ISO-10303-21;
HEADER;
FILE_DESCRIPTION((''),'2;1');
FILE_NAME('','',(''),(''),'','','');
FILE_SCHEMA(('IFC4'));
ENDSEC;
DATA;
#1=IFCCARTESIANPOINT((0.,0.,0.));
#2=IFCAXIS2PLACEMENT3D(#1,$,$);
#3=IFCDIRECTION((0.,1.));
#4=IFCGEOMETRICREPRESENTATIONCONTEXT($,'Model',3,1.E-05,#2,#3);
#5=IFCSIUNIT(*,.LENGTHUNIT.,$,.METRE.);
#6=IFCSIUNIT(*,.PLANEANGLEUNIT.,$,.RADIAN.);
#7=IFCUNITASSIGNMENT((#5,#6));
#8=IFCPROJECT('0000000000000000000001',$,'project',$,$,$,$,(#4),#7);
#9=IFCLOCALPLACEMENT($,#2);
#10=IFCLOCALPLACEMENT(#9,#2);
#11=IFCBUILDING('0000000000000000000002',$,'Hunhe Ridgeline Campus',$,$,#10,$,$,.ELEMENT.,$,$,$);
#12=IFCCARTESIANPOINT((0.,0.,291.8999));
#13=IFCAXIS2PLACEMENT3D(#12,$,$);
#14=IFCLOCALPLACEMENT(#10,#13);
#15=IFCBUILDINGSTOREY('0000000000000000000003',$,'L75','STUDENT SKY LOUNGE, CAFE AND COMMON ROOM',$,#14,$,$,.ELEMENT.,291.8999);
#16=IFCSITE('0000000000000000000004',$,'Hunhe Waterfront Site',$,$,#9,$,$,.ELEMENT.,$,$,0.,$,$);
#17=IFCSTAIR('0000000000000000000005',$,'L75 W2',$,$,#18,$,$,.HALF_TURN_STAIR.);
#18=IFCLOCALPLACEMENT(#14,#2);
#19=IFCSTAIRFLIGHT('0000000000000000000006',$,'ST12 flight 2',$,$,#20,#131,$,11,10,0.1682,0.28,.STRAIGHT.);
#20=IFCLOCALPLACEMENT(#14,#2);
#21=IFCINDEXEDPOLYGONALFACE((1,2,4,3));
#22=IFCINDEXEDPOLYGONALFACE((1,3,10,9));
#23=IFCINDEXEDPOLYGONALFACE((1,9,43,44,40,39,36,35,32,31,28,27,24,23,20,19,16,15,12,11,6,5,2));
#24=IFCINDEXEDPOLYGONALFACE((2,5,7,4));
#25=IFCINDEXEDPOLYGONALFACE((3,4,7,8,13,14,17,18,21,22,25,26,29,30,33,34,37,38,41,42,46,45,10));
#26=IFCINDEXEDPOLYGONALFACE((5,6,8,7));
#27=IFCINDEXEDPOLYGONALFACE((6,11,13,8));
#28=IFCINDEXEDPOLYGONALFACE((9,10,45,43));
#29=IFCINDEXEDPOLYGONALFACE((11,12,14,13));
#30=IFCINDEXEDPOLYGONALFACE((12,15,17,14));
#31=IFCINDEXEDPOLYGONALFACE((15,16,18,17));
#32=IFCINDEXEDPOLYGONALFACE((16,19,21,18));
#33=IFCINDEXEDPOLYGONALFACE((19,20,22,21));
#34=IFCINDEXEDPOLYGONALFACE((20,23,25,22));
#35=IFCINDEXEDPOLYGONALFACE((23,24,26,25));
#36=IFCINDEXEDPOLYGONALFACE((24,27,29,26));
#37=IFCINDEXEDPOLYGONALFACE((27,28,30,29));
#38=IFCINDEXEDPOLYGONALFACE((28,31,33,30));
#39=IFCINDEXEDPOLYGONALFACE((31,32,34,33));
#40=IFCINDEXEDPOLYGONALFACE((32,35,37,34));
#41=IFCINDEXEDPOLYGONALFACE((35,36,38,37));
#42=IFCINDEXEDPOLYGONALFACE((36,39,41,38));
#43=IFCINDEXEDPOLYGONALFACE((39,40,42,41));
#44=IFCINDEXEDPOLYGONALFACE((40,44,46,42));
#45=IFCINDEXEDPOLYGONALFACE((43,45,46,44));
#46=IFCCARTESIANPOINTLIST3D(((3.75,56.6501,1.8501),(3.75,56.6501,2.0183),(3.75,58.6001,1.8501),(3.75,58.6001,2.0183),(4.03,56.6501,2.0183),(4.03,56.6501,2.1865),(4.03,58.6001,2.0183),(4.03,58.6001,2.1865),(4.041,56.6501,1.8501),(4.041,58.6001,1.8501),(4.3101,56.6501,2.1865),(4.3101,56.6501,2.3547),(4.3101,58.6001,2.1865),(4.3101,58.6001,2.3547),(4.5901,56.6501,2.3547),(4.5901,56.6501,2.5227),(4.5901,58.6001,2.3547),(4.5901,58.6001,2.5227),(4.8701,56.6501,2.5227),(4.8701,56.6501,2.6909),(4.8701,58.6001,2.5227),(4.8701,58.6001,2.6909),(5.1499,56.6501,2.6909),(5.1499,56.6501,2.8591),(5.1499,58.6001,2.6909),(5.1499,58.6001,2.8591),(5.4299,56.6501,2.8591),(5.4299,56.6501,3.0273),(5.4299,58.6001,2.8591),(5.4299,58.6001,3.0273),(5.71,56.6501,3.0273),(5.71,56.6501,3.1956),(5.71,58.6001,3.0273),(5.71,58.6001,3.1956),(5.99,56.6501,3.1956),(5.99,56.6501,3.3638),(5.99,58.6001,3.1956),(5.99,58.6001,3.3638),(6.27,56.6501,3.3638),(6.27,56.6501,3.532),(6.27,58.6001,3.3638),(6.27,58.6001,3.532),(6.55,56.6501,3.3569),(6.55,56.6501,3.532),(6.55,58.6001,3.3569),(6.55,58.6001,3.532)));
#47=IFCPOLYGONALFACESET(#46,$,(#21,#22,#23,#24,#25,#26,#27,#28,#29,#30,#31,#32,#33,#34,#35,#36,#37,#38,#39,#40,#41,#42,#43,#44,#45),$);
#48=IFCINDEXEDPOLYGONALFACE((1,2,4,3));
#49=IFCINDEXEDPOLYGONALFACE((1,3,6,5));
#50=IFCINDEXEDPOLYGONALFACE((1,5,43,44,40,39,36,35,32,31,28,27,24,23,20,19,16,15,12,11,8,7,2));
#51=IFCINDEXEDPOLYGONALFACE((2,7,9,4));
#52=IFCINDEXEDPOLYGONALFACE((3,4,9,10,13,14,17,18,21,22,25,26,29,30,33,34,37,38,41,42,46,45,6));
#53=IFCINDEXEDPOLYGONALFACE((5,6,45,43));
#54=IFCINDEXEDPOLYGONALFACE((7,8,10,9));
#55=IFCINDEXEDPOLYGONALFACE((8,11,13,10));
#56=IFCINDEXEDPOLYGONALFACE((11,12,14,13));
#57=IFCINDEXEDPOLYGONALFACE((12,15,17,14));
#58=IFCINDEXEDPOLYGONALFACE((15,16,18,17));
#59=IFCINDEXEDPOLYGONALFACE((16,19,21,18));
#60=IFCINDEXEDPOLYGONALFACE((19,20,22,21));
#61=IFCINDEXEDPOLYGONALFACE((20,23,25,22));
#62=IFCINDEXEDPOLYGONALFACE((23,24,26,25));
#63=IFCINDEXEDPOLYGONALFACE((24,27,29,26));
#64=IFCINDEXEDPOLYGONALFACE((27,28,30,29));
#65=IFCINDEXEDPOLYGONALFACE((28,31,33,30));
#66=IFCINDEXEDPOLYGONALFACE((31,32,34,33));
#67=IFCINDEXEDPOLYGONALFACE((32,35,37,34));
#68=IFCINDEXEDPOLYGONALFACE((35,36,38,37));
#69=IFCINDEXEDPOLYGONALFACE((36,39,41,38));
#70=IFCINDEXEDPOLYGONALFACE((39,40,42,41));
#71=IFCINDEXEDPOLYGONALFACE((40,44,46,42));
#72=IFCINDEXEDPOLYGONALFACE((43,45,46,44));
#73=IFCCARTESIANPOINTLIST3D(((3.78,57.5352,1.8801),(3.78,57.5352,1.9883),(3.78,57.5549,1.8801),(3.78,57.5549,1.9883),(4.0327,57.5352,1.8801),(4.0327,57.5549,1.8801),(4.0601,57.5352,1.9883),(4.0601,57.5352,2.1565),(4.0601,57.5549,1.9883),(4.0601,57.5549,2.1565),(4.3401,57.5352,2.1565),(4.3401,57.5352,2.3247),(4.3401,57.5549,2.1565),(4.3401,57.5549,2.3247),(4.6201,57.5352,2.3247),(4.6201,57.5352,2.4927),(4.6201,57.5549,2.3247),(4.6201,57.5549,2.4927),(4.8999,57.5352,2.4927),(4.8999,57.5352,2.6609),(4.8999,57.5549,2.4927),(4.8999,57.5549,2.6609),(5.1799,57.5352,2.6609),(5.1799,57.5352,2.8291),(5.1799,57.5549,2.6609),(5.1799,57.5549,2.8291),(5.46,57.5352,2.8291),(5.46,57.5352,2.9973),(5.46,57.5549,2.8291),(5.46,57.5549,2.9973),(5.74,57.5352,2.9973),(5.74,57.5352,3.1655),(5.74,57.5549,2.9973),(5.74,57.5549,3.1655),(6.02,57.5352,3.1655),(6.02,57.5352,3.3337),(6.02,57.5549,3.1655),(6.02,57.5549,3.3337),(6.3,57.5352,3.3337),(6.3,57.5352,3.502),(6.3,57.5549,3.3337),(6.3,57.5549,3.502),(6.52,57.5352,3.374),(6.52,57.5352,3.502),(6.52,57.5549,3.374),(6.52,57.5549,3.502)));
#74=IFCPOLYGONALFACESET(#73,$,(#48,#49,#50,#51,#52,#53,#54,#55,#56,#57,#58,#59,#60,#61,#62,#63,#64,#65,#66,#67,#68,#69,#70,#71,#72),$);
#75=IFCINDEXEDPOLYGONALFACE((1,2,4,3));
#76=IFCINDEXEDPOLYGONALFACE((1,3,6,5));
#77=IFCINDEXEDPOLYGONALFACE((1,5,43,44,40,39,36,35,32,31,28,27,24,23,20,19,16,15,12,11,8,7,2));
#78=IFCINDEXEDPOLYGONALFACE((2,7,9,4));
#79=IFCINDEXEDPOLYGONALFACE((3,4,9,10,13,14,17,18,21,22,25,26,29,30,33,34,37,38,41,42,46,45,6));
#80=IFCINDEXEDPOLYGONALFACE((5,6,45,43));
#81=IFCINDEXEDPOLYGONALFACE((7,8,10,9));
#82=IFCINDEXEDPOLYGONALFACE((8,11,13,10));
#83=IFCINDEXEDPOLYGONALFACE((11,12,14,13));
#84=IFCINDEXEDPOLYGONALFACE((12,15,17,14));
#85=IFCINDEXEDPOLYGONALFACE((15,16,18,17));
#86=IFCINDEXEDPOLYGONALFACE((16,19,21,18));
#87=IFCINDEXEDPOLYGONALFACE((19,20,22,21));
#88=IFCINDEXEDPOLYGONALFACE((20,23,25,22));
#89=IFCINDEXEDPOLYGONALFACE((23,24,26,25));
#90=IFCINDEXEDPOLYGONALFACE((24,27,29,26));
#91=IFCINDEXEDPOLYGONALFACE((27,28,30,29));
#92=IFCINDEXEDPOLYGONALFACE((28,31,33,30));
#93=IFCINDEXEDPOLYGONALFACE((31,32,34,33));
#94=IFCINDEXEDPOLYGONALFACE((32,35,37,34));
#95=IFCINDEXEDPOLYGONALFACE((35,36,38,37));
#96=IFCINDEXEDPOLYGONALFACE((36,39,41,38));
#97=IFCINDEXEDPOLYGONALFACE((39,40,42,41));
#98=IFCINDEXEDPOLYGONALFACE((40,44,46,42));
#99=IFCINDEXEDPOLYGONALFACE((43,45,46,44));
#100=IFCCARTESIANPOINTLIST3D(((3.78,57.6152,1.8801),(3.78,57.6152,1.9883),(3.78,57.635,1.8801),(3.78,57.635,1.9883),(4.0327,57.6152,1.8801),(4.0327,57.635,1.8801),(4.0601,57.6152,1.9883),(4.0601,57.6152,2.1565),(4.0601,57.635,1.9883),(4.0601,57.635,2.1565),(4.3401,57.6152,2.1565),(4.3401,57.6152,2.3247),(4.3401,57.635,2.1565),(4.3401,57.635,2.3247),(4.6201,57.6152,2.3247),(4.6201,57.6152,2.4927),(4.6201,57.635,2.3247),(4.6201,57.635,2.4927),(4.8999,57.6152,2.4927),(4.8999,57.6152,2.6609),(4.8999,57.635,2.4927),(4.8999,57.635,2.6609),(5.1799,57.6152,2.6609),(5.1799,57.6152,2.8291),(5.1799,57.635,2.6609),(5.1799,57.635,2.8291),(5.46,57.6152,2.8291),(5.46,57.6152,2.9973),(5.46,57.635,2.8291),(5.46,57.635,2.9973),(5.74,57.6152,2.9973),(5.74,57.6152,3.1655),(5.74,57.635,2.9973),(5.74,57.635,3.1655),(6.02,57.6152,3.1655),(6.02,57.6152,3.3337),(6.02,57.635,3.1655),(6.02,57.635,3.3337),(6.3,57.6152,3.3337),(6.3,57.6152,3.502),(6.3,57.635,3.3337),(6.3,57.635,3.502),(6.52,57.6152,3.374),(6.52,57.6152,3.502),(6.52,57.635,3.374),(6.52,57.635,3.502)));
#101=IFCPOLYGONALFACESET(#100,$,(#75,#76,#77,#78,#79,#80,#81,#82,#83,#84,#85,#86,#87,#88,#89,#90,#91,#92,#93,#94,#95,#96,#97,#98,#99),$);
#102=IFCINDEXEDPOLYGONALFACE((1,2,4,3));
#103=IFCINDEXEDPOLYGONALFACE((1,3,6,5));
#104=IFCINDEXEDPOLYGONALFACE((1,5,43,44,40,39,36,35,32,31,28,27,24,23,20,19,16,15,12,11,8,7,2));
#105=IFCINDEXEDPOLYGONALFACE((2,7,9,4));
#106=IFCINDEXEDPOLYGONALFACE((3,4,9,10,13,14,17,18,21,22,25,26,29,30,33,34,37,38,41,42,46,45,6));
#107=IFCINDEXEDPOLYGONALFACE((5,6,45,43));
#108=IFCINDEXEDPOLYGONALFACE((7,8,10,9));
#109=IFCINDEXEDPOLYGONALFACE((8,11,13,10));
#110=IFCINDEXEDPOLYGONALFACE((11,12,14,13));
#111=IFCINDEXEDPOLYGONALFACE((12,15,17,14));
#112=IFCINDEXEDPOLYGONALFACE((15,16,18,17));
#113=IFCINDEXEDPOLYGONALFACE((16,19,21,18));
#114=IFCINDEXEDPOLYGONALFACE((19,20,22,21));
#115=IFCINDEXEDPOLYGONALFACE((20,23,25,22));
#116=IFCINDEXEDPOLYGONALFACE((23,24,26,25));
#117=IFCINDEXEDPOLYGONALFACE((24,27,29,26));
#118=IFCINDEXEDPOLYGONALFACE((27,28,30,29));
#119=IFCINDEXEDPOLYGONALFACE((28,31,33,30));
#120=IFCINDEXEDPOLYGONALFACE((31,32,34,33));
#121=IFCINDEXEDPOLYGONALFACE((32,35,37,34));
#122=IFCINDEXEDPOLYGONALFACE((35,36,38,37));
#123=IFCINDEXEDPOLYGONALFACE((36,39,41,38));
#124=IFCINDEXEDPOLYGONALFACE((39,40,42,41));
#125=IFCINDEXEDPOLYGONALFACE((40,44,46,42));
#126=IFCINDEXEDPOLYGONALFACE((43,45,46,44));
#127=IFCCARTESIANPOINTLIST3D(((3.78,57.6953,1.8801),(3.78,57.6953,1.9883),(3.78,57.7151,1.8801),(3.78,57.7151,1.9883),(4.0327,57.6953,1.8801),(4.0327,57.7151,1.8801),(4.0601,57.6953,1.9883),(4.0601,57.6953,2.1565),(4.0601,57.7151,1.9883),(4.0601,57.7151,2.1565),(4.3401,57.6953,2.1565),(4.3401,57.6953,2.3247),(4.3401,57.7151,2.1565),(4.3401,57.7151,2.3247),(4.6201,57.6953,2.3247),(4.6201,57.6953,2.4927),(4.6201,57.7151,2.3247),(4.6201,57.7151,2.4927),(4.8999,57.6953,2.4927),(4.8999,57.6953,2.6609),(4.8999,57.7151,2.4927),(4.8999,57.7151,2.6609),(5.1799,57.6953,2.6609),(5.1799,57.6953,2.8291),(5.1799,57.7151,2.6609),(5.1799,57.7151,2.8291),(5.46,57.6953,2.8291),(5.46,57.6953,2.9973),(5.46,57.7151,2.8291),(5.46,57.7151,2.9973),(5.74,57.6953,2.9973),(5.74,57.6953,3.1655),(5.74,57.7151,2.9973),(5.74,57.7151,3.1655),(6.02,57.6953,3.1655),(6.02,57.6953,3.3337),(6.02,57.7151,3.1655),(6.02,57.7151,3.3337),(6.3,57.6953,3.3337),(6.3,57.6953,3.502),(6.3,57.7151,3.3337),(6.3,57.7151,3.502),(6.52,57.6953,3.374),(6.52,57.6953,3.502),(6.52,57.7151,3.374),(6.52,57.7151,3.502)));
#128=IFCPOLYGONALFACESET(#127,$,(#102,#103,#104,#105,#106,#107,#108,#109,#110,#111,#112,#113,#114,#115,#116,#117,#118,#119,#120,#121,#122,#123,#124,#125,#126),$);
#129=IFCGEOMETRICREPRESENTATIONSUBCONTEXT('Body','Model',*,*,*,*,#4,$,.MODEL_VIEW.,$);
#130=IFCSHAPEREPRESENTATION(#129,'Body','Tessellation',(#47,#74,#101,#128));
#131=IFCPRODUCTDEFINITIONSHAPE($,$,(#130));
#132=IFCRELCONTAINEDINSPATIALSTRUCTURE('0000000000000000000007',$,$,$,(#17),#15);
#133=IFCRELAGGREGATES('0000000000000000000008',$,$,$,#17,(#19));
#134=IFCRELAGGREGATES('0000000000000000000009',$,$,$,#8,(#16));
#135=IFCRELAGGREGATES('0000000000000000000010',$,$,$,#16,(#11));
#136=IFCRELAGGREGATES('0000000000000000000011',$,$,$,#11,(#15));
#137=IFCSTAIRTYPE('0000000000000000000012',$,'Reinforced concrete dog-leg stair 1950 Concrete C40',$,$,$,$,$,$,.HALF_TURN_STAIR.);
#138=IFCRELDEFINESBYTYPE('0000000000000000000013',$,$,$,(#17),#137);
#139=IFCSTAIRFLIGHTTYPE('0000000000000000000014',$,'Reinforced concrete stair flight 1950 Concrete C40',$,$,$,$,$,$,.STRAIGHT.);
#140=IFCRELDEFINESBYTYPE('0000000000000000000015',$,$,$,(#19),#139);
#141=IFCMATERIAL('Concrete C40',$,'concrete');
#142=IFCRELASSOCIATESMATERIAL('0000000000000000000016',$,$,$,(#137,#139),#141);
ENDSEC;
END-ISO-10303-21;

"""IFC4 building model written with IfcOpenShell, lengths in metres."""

from ifc_helpers import new_model, si_unit, direction, frame, origin, place, context, subcontext, project, spatial, polyline, outline, extrude, material, type_object, element, aggregate, save


model = new_model("IFC4")

# Units and contexts
model_context = context("Model", 3, precision=1e-05, world=origin(), true_north=direction((0.0, 1.0)))
body_context = subcontext(model_context, "Body", "Model", "MODEL_VIEW")
ifc_project = project(units=[si_unit("LENGTHUNIT", "METRE"), si_unit("PLANEANGLEUNIT", "RADIAN")], contexts=[model_context])

# Site, building, storey
site_placement = place(None, origin())
site = spatial("IfcSite", under=ifc_project, at=site_placement, Name="Hunhe Waterfront Site", CompositionType="ELEMENT", RefElevation=0.0)
building_placement = place(site_placement, origin())
building = spatial("IfcBuilding", under=site, at=building_placement, Name="Hunhe Ridgeline Campus", CompositionType="ELEMENT")
storey_placement = place(building_placement, frame((0.0, 0.0, 291.8999)))
storey = spatial("IfcBuildingStorey", under=building, at=storey_placement, Name="L75", Description="STUDENT SKY LOUNGE, CAFE AND COMMON ROOM", CompositionType="ELEMENT", Elevation=291.8999)

# Stair, stair flight
ifc_material_1 = material(Name="Concrete C40", Category="concrete")
stair_type = type_object("IfcStairType", Name="Reinforced concrete dog-leg stair 1950 Concrete C40", PredefinedType="HALF_TURN_STAIR", material=ifc_material_1)
stair_placement = place(storey_placement, origin())
stair = element("IfcStair", 1, at=stair_placement, inside=storey, type_object=stair_type, Name="L75 W2", PredefinedType="HALF_TURN_STAIR")
stair_flight_type = type_object("IfcStairFlightType", Name="Reinforced concrete stair flight 1950 Concrete C40", PredefinedType="STRAIGHT", material=ifc_material_1)
stair_flight_placement = place(storey_placement, frame((3.75, 57.625, 1.8501), z_axis=(0.0, 0.0, 1.0), x_axis=(1.0, 0.0, 0.0)))
stair_flight = element("IfcStairFlight", 2, at=stair_flight_placement, type_object=stair_flight_type, Name="ST12 flight 2", NumberOfRisers=11, NumberOfTreads=10, PredefinedType="STRAIGHT", RiserHeight=0.1682, TreadLength=0.28, context=body_context, shape_type="SweptSolid", body=[
    extrude(outline(polyline([(0.0, 0.0), (0.0, 0.1682), (0.28, 0.1682), (0.28, 0.3364), (0.5601, 0.3364), (0.5601, 0.5046), (0.8401, 0.5046), (0.8401, 0.6726), (1.1201, 0.6726), (1.1201, 0.8408), (1.3999, 0.8408), (1.3999, 1.009), (1.6799, 1.009), (1.6799, 1.1772), (1.96, 1.1772), (1.96, 1.3455), (2.24, 1.3455), (2.24, 1.5137), (2.52, 1.5137), (2.52, 1.6819), (2.8, 1.6819), (2.8, 1.8501), (2.8, 1.5068), (0.291, 0.0), (0.0, 0.0)])), frame((0.0, 0.9751, 0.0), z_axis=(0.0, -1.0, 0.0), x_axis=(1.0, 0.0, 0.0)), (0.0, 0.0, 1.0), 1.95),
    extrude(outline(polyline([(0.03, 0.03), (0.03, 0.1382), (0.3101, 0.1382), (0.3101, 0.3064), (0.5901, 0.3064), (0.5901, 0.4746), (0.8701, 0.4746), (0.8701, 0.6426), (1.1499, 0.6426), (1.1499, 0.8108), (1.4299, 0.8108), (1.4299, 0.979), (1.71, 0.979), (1.71, 1.1472), (1.99, 1.1472), (1.99, 1.3154), (2.27, 1.3154), (2.27, 1.4836), (2.55, 1.4836), (2.55, 1.6519), (2.77, 1.6519), (2.77, 1.5239), (0.2827, 0.03), (0.03, 0.03)])), frame((0.0, -0.0701, 0.0), z_axis=(0.0, -1.0, 0.0), x_axis=(1.0, 0.0, 0.0)), (0.0, 0.0, 1.0), 0.0198),
    extrude(outline(polyline([(0.03, 0.03), (0.03, 0.1382), (0.3101, 0.1382), (0.3101, 0.3064), (0.5901, 0.3064), (0.5901, 0.4746), (0.8701, 0.4746), (0.8701, 0.6426), (1.1499, 0.6426), (1.1499, 0.8108), (1.4299, 0.8108), (1.4299, 0.979), (1.71, 0.979), (1.71, 1.1472), (1.99, 1.1472), (1.99, 1.3154), (2.27, 1.3154), (2.27, 1.4836), (2.55, 1.4836), (2.55, 1.6519), (2.77, 1.6519), (2.77, 1.5239), (0.2827, 0.03), (0.03, 0.03)])), frame((0.0, 0.01, 0.0), z_axis=(0.0, -1.0, 0.0), x_axis=(1.0, 0.0, 0.0)), (0.0, 0.0, 1.0), 0.0198),
    extrude(outline(polyline([(0.03, 0.03), (0.03, 0.1382), (0.3101, 0.1382), (0.3101, 0.3064), (0.5901, 0.3064), (0.5901, 0.4746), (0.8701, 0.4746), (0.8701, 0.6426), (1.1499, 0.6426), (1.1499, 0.8108), (1.4299, 0.8108), (1.4299, 0.979), (1.71, 0.979), (1.71, 1.1472), (1.99, 1.1472), (1.99, 1.3154), (2.27, 1.3154), (2.27, 1.4836), (2.55, 1.4836), (2.55, 1.6519), (2.77, 1.6519), (2.77, 1.5239), (0.2827, 0.03), (0.03, 0.03)])), frame((0.0, 0.0901, 0.0), z_axis=(0.0, -1.0, 0.0), x_axis=(1.0, 0.0, 0.0)), (0.0, 0.0, 1.0), 0.0198),
])
aggregate(stair, [stair_flight])

save(model, "model.ifc")
